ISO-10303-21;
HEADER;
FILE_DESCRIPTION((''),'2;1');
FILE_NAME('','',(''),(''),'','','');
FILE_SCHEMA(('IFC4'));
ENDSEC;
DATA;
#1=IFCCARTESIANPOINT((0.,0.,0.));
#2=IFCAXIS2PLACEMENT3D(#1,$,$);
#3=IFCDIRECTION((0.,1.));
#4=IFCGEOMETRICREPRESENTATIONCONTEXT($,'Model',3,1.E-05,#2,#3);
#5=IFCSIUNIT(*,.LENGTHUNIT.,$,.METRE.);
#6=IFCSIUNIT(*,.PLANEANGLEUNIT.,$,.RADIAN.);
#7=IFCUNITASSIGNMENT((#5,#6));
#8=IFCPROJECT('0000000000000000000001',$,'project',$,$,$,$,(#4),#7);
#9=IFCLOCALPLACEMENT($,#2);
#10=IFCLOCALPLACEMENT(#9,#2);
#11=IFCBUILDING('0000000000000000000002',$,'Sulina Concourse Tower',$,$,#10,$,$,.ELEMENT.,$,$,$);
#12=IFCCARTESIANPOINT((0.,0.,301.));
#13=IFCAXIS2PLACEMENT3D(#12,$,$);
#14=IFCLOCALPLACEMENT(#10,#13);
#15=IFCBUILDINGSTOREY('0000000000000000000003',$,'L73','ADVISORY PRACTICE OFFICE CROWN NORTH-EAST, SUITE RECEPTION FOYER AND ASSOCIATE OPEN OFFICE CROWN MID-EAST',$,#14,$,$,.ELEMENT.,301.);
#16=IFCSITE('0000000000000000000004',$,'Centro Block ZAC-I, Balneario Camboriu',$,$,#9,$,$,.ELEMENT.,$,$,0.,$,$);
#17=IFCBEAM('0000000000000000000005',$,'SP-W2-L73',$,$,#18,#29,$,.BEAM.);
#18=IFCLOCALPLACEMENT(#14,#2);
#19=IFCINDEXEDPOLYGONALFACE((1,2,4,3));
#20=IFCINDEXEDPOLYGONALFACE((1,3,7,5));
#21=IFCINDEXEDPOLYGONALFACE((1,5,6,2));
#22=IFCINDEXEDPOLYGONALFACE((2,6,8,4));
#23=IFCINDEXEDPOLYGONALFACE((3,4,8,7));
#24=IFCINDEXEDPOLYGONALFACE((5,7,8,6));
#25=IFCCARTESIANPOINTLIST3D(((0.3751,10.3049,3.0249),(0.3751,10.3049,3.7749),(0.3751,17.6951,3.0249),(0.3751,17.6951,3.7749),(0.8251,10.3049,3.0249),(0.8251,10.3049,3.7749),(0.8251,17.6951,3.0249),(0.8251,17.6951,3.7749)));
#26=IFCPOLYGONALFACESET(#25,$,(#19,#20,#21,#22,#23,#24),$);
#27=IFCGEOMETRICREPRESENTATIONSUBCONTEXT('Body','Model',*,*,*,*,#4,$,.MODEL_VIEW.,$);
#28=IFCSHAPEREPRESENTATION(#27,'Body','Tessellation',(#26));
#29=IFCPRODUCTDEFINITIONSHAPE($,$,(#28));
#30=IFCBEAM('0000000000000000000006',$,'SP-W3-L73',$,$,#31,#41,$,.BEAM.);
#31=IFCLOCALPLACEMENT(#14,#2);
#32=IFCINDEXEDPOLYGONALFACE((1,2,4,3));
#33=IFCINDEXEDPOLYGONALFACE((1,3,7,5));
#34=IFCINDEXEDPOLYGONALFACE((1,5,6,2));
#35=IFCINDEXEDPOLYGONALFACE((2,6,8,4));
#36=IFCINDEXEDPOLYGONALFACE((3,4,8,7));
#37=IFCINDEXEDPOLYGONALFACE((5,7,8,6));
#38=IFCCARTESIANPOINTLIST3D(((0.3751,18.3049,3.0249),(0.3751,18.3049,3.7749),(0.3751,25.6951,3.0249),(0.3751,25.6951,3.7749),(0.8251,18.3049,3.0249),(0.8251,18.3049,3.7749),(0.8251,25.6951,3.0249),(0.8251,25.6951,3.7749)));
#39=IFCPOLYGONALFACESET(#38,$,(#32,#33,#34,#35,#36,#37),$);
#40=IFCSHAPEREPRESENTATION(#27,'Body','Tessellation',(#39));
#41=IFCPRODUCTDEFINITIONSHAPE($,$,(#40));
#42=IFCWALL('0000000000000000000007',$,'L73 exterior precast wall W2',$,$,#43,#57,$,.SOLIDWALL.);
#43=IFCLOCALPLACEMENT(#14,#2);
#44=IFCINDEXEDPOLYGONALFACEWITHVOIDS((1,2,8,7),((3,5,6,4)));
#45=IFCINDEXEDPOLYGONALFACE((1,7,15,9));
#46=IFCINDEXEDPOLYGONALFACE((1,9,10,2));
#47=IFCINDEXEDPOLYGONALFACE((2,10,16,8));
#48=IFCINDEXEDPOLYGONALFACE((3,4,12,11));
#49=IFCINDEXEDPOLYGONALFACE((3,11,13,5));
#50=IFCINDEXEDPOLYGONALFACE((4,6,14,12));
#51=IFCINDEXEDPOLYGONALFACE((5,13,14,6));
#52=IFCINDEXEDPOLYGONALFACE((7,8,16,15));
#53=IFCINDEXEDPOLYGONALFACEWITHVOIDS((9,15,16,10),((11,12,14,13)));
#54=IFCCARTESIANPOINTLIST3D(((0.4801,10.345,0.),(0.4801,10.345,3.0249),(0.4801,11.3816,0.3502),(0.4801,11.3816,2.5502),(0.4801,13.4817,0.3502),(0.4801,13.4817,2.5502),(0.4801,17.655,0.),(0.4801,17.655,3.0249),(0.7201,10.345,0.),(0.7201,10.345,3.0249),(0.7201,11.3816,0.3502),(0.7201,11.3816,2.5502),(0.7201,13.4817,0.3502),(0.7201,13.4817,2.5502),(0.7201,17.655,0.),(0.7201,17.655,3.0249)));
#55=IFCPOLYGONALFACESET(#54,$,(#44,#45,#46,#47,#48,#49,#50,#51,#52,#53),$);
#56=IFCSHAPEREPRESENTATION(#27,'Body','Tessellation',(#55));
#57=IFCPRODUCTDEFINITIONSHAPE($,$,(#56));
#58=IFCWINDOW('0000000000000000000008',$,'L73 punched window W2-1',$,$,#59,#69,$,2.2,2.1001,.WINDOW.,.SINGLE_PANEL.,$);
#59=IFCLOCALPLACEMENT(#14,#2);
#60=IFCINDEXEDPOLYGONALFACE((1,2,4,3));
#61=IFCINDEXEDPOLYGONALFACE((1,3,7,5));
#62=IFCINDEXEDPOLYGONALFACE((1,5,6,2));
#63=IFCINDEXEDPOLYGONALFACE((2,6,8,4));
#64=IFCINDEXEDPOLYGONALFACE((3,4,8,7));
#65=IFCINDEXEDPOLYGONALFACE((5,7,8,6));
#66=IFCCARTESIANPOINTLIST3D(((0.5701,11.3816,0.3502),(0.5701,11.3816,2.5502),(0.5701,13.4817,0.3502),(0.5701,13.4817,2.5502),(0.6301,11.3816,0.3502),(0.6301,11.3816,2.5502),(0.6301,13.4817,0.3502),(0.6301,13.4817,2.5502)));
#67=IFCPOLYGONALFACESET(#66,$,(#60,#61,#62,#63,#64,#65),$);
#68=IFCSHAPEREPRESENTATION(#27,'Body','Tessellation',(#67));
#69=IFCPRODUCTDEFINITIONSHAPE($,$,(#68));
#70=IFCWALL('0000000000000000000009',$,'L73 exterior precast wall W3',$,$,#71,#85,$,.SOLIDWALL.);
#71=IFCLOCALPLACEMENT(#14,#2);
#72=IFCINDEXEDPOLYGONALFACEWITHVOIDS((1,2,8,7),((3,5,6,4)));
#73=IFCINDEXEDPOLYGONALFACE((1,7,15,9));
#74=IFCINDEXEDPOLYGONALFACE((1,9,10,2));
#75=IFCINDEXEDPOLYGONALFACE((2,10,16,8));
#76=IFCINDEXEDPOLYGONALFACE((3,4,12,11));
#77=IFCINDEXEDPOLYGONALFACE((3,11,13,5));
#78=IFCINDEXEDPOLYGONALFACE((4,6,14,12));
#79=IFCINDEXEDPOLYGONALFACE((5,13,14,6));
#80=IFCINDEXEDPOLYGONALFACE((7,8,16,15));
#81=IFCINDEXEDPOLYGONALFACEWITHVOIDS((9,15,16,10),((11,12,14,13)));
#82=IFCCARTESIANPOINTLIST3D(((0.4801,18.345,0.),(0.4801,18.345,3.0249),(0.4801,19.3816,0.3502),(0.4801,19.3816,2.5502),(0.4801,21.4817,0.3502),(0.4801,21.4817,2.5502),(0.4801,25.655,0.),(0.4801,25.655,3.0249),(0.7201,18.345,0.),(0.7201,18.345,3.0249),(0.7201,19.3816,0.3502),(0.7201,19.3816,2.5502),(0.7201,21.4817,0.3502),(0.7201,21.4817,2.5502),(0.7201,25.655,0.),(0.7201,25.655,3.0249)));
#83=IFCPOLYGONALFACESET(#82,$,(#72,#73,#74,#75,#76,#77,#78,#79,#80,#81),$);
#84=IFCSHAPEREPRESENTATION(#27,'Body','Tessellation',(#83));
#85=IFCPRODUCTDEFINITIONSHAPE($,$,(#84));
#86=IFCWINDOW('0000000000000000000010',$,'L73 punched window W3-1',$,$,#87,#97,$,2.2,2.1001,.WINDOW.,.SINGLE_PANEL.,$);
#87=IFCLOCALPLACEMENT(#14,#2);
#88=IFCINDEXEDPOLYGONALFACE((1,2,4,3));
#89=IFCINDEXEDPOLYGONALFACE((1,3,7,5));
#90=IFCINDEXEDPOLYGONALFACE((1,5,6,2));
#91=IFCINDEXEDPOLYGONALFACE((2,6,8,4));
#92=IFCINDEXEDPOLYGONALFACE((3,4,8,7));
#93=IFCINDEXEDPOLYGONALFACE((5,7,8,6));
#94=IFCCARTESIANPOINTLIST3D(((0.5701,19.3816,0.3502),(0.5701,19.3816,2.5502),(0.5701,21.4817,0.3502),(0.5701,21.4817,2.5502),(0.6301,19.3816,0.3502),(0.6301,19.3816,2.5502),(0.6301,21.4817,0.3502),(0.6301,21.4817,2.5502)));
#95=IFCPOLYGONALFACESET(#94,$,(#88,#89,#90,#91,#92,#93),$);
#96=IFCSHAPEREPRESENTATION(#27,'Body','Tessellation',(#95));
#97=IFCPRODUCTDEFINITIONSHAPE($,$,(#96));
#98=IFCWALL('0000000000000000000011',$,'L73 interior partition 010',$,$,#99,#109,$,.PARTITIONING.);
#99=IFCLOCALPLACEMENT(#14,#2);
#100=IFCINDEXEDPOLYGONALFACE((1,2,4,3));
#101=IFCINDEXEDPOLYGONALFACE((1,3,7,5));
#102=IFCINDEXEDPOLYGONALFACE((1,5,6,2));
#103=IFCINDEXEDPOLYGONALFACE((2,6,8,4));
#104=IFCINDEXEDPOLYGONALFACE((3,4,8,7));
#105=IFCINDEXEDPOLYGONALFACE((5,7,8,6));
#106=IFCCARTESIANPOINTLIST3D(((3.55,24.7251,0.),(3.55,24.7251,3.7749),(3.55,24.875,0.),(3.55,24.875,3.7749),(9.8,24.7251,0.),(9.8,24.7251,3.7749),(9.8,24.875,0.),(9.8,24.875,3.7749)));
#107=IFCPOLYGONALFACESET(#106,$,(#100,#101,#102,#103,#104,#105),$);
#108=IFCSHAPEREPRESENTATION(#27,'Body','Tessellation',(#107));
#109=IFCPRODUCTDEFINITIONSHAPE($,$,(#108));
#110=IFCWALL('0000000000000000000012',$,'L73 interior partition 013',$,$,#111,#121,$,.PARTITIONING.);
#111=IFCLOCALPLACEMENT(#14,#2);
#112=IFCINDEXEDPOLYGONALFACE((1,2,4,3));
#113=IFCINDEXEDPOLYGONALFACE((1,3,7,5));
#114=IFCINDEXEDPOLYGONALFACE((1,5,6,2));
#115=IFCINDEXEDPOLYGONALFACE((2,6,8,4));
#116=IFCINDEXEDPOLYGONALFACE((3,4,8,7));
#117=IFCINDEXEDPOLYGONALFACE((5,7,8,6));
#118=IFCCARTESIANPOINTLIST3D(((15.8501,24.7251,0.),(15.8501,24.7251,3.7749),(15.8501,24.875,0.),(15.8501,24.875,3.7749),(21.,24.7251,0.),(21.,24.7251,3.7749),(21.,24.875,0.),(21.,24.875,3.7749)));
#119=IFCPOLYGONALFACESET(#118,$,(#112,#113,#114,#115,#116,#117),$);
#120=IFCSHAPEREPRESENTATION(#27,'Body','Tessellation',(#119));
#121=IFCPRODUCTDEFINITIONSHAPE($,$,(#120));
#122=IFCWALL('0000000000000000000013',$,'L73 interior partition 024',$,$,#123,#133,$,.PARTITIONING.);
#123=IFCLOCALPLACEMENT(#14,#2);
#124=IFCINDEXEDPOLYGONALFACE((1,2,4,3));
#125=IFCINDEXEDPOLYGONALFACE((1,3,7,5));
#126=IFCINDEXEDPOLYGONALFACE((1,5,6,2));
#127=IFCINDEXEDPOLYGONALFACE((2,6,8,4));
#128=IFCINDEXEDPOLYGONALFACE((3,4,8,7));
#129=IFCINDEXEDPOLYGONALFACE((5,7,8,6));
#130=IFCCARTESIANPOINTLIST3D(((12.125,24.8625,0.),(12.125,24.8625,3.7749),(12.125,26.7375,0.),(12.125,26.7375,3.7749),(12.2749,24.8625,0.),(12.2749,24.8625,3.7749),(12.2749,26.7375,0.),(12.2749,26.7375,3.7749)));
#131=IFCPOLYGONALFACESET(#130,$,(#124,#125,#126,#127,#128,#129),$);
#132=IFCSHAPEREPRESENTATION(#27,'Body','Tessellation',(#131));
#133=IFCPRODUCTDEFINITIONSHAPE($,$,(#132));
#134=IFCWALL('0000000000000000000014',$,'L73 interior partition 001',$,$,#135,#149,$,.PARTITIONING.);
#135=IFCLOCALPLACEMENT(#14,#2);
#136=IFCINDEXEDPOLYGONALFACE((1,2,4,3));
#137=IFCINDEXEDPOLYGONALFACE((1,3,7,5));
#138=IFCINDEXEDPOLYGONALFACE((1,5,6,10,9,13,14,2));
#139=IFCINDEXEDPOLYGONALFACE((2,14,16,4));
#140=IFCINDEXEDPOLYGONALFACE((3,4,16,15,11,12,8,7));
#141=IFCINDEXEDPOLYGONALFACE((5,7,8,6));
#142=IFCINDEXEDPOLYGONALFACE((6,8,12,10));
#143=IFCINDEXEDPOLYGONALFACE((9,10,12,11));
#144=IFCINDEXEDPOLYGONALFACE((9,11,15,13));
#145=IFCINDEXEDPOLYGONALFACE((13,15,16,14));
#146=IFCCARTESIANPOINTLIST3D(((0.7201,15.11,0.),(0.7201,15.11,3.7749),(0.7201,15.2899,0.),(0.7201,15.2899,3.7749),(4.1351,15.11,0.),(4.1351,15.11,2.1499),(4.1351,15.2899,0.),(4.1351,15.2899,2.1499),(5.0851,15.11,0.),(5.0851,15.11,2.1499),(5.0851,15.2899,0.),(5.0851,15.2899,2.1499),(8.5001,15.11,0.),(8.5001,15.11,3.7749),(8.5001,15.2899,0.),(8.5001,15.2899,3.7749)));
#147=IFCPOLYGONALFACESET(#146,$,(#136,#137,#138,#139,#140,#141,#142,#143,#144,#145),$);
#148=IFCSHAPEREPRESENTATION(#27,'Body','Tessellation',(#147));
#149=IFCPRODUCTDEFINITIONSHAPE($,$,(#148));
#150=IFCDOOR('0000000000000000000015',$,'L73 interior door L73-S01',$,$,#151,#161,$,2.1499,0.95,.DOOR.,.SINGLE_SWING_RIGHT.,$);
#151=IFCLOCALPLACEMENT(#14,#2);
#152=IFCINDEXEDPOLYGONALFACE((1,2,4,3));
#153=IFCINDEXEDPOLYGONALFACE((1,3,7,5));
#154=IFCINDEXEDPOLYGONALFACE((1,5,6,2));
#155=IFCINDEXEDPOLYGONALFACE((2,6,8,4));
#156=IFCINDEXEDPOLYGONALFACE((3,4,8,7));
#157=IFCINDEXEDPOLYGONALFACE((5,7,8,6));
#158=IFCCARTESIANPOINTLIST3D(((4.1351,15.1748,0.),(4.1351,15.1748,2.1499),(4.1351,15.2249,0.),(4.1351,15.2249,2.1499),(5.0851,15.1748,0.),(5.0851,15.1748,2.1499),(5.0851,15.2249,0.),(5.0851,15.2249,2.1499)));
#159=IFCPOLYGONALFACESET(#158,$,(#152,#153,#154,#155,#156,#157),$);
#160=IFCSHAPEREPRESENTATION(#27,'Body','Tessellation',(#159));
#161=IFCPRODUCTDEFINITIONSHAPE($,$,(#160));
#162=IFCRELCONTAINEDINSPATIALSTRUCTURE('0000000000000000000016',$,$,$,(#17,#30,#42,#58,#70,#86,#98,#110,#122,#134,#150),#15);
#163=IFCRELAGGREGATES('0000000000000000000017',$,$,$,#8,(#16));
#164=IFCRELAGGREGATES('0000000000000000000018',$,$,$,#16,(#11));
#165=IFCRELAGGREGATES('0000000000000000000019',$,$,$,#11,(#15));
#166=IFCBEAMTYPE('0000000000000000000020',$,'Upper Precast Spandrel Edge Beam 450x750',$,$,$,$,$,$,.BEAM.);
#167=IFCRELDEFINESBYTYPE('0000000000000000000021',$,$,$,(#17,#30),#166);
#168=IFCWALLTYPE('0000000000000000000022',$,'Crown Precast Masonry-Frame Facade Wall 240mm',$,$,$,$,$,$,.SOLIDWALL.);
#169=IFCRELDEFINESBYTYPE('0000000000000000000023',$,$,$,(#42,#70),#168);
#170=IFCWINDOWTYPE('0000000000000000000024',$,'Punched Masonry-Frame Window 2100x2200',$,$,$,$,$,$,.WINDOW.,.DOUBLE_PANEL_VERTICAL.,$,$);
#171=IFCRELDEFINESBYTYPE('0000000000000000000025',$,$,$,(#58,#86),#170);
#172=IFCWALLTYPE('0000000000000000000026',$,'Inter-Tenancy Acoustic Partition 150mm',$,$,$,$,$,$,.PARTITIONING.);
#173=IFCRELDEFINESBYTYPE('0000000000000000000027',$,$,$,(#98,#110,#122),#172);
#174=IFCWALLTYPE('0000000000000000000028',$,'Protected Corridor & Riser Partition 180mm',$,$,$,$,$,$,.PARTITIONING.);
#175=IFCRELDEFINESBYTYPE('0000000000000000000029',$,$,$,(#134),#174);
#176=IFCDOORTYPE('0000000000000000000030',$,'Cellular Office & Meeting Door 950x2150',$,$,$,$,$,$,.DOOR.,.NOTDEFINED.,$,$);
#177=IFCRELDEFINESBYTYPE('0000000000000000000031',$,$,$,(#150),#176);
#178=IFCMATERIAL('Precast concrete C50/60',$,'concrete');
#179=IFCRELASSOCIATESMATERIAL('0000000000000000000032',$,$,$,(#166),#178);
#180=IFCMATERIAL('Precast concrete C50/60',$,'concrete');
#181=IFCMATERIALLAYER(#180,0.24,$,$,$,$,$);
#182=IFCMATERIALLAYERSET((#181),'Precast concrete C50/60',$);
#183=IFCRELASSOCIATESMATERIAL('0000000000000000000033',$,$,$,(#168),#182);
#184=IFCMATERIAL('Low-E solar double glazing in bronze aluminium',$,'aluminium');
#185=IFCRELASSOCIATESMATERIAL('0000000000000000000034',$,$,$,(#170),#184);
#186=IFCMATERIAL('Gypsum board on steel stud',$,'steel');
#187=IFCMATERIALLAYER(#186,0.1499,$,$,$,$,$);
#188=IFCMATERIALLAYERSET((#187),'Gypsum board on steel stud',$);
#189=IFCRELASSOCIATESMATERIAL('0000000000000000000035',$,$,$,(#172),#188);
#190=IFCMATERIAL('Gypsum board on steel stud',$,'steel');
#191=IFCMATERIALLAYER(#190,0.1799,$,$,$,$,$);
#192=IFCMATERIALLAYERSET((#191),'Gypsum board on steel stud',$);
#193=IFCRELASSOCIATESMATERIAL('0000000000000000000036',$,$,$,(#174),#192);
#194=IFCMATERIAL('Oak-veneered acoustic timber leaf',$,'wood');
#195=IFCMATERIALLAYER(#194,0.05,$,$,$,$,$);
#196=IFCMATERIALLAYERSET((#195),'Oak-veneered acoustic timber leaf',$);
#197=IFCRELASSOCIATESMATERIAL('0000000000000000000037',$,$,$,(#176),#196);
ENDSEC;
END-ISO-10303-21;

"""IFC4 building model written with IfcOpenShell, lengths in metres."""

from ifc_helpers import new_model, si_unit, direction, frame, frame_2d, origin, origin_2d, place, context, subcontext, project, spatial, rectangle, extrude, material, layer, layer_set, material_profile, profile_set, type_object, element, fill, save


model = new_model("IFC4")

# Units and contexts
model_context = context("Model", 3, precision=1e-05, world=origin(), true_north=direction((0.0, 1.0)))
body_context = subcontext(model_context, "Body", "Model", "MODEL_VIEW")
ifc_project = project(units=[si_unit("LENGTHUNIT", "METRE"), si_unit("PLANEANGLEUNIT", "RADIAN")], contexts=[model_context])

# Site, building, storey
site_placement = place(None, origin())
site = spatial("IfcSite", under=ifc_project, at=site_placement, Name="Centro Block ZAC-I, Balneario Camboriu", CompositionType="ELEMENT", RefElevation=0.0)
building_placement = place(site_placement, origin())
building = spatial("IfcBuilding", under=site, at=building_placement, Name="Sulina Concourse Tower", CompositionType="ELEMENT")
storey_placement = place(building_placement, frame((0.0, 0.0, 301.0)))
storey = spatial("IfcBuildingStorey", under=building, at=storey_placement, Name="L73", Description="ADVISORY PRACTICE OFFICE CROWN NORTH-EAST, SUITE RECEPTION FOYER AND ASSOCIATE OPEN OFFICE CROWN MID-EAST", CompositionType="ELEMENT", Elevation=301.0)

# Beams
ifc_material_1 = material(Name="Precast concrete C50/60", Category="concrete")
ifc_material_profile_1 = material_profile(ifc_material_1, rectangle(XDim=0.45, YDim=0.75, at=origin_2d()), Name="RC 450x750")
ifc_profile_set_1 = profile_set([ifc_material_profile_1], Name="Precast concrete C50/60")
beam_type_1 = type_object("IfcBeamType", Name="Upper Precast Spandrel Edge Beam 450x750", PredefinedType="BEAM", material=ifc_profile_set_1)
for number, where, z_axis, x_axis, name in (
    (1, (0.6001, 10.3049, 3.3999), (0.0, 1.0, 0.0), (-1.0, 0.0, 0.0), "SP-W2-L73"),
    (2, (0.6001, 18.3049, 3.3999), (0.0, 1.0, 0.0), (-1.0, 0.0, 0.0), "SP-W3-L73"),
):
    element("IfcBeam", number, at=place(storey_placement, frame(where, z_axis=z_axis, x_axis=x_axis)), inside=storey, type_object=beam_type_1, Name=name, PredefinedType="BEAM", context=body_context, shape_type="SweptSolid", body=[
        extrude(rectangle(XDim=0.45, YDim=0.75, at=origin_2d()), origin(), (0.0, 0.0, 1.0), 7.3901),
    ])

# Walls, openings, windows
ifc_material_2 = material(Name="Precast concrete C50/60", Category="concrete")
ifc_layer_1 = layer(ifc_material_2, 0.24)
ifc_layer_set_1 = layer_set([ifc_layer_1], Name="Precast concrete C50/60")
wall_type_1 = type_object("IfcWallType", Name="Crown Precast Masonry-Frame Facade Wall 240mm", PredefinedType="SOLIDWALL", material=ifc_layer_set_1)
wall_1_placement = place(storey_placement, frame((0.6001, 10.345, 0.0), z_axis=(0.0, 0.0, 1.0), x_axis=(0.0, 1.0, 0.0)))
wall_1 = element("IfcWall", 3, at=wall_1_placement, inside=storey, type_object=wall_type_1, Name="L73 exterior precast wall W2", PredefinedType="SOLIDWALL", context=body_context, shape_type="SweptSolid", body=[
    extrude(rectangle(XDim=7.3101, YDim=0.24, at=frame_2d((3.655, 0.0))), origin(), (0.0, 0.0, 1.0), 3.0249),
])
opening_1_placement = place(wall_1_placement, frame((1.0366, 0.0, 0.3501)))
opening_1 = element("IfcOpeningElement", 4, at=opening_1_placement, cuts=wall_1, PredefinedType="OPENING", context=body_context, shape_type="SweptSolid", body=[
    extrude(rectangle(XDim=2.1001, YDim=2.2, at=frame_2d((1.05, 1.1001))), frame((0.0, 0.1299, 0.0), z_axis=(0.0, -1.0, 0.0), x_axis=(1.0, 0.0, 0.0)), (0.0, 0.0, 1.0), 0.26),
])
ifc_material_3 = material(Name="Low-E solar double glazing in bronze aluminium", Category="aluminium")
window_type = type_object("IfcWindowType", Name="Punched Masonry-Frame Window 2100x2200", PartitioningType="DOUBLE_PANEL_VERTICAL", PredefinedType="WINDOW", material=ifc_material_3)
window_1_placement = place(opening_1_placement, origin())
window_1 = element("IfcWindow", 5, at=window_1_placement, inside=storey, type_object=window_type, Name="L73 punched window W2-1", OverallHeight=2.2, OverallWidth=2.1001, PartitioningType="SINGLE_PANEL", PredefinedType="WINDOW", context=body_context, shape_type="SweptSolid", body=[
    extrude(rectangle(XDim=2.1001, YDim=2.2, at=frame_2d((1.05, 1.1001))), frame((0.0, 0.03, 0.0), z_axis=(0.0, -1.0, 0.0), x_axis=(1.0, 0.0, 0.0)), (0.0, 0.0, 1.0), 0.0601),
])
fill(opening_1, window_1)
wall_2_placement = place(storey_placement, frame((0.6001, 18.345, 0.0), z_axis=(0.0, 0.0, 1.0), x_axis=(0.0, 1.0, 0.0)))
wall_2 = element("IfcWall", 6, at=wall_2_placement, inside=storey, type_object=wall_type_1, Name="L73 exterior precast wall W3", PredefinedType="SOLIDWALL", context=body_context, shape_type="SweptSolid", body=[
    extrude(rectangle(XDim=7.3101, YDim=0.24, at=frame_2d((3.655, 0.0))), origin(), (0.0, 0.0, 1.0), 3.0249),
])
opening_2_placement = place(wall_2_placement, frame((1.0366, 0.0, 0.3501)))
opening_2 = element("IfcOpeningElement", 7, at=opening_2_placement, cuts=wall_2, PredefinedType="OPENING", context=body_context, shape_type="SweptSolid", body=[
    extrude(rectangle(XDim=2.1001, YDim=2.2, at=frame_2d((1.05, 1.1001))), frame((0.0, 0.1299, 0.0), z_axis=(0.0, -1.0, 0.0), x_axis=(1.0, 0.0, 0.0)), (0.0, 0.0, 1.0), 0.26),
])
window_2_placement = place(opening_2_placement, origin())
window_2 = element("IfcWindow", 8, at=window_2_placement, inside=storey, type_object=window_type, Name="L73 punched window W3-1", OverallHeight=2.2, OverallWidth=2.1001, PartitioningType="SINGLE_PANEL", PredefinedType="WINDOW", context=body_context, shape_type="SweptSolid", body=[
    extrude(rectangle(XDim=2.1001, YDim=2.2, at=frame_2d((1.05, 1.1001))), frame((0.0, 0.03, 0.0), z_axis=(0.0, -1.0, 0.0), x_axis=(1.0, 0.0, 0.0)), (0.0, 0.0, 1.0), 0.0601),
])
fill(opening_2, window_2)

# Walls
ifc_material_4 = material(Name="Gypsum board on steel stud", Category="steel")
ifc_layer_2 = layer(ifc_material_4, 0.1499)
ifc_layer_set_2 = layer_set([ifc_layer_2], Name="Gypsum board on steel stud")
wall_type_2 = type_object("IfcWallType", Name="Inter-Tenancy Acoustic Partition 150mm", PredefinedType="PARTITIONING", material=ifc_layer_set_2)
wall_3_placement = place(storey_placement, frame((3.55, 24.8, 0.0), z_axis=(0.0, 0.0, 1.0), x_axis=(1.0, 0.0, 0.0)))
element("IfcWall", 9, at=wall_3_placement, inside=storey, type_object=wall_type_2, Name="L73 interior partition 010", PredefinedType="PARTITIONING", context=body_context, shape_type="SweptSolid", body=[
    extrude(rectangle(XDim=6.25, YDim=0.1499, at=frame_2d((3.125, 0.0))), origin(), (0.0, 0.0, 1.0), 3.7749),
])
wall_4_placement = place(storey_placement, frame((15.8501, 24.8, 0.0), z_axis=(0.0, 0.0, 1.0), x_axis=(1.0, 0.0, 0.0)))
element("IfcWall", 10, at=wall_4_placement, inside=storey, type_object=wall_type_2, Name="L73 interior partition 013", PredefinedType="PARTITIONING", context=body_context, shape_type="SweptSolid", body=[
    extrude(rectangle(XDim=5.1499, YDim=0.1499, at=frame_2d((2.575, 0.0))), origin(), (0.0, 0.0, 1.0), 3.7749),
])
wall_5_placement = place(storey_placement, frame((12.2, 24.8625, 0.0), z_axis=(0.0, 0.0, 1.0), x_axis=(0.0, 1.0, 0.0)))
element("IfcWall", 11, at=wall_5_placement, inside=storey, type_object=wall_type_2, Name="L73 interior partition 024", PredefinedType="PARTITIONING", context=body_context, shape_type="SweptSolid", body=[
    extrude(rectangle(XDim=1.875, YDim=0.1499, at=frame_2d((0.9375, 0.0))), origin(), (0.0, 0.0, 1.0), 3.7749),
])

# Wall, opening, door
ifc_material_5 = material(Name="Gypsum board on steel stud", Category="steel")
ifc_layer_3 = layer(ifc_material_5, 0.1799)
ifc_layer_set_3 = layer_set([ifc_layer_3], Name="Gypsum board on steel stud")
wall_type_3 = type_object("IfcWallType", Name="Protected Corridor & Riser Partition 180mm", PredefinedType="PARTITIONING", material=ifc_layer_set_3)
wall_6_placement = place(storey_placement, frame((0.72, 15.2, 0.0), z_axis=(0.0, 0.0, 1.0), x_axis=(1.0, 0.0, 0.0)))
wall_6 = element("IfcWall", 12, at=wall_6_placement, inside=storey, type_object=wall_type_3, Name="L73 interior partition 001", PredefinedType="PARTITIONING", context=body_context, shape_type="SweptSolid", body=[
    extrude(rectangle(XDim=7.78, YDim=0.1799, at=frame_2d((3.8901, 0.0))), origin(), (0.0, 0.0, 1.0), 3.7749),
])
opening_3_placement = place(wall_6_placement, frame((3.415, 0.0, 0.0)))
opening_3 = element("IfcOpeningElement", 13, at=opening_3_placement, cuts=wall_6, PredefinedType="OPENING", context=body_context, shape_type="SweptSolid", body=[
    extrude(rectangle(XDim=0.95, YDim=2.1499, at=frame_2d((0.4751, 1.075))), frame((0.0, 0.0999, 0.0), z_axis=(0.0, -1.0, 0.0), x_axis=(1.0, 0.0, 0.0)), (0.0, 0.0, 1.0), 0.2),
])
ifc_material_6 = material(Name="Oak-veneered acoustic timber leaf", Category="wood")
ifc_layer_4 = layer(ifc_material_6, 0.05)
ifc_layer_set_4 = layer_set([ifc_layer_4], Name="Oak-veneered acoustic timber leaf")
door_type_1 = type_object("IfcDoorType", Name="Cellular Office & Meeting Door 950x2150", OperationType="NOTDEFINED", PredefinedType="DOOR", material=ifc_layer_set_4)
door_1_placement = place(opening_3_placement, origin())
door_1 = element("IfcDoor", 14, at=door_1_placement, inside=storey, type_object=door_type_1, Name="L73 interior door L73-S01", OperationType="SINGLE_SWING_RIGHT", OverallHeight=2.1499, OverallWidth=0.95, PredefinedType="DOOR", context=body_context, shape_type="SweptSolid", body=[
    extrude(rectangle(XDim=0.95, YDim=2.1499, at=frame_2d((0.4751, 1.075))), frame((0.0, 0.0249, 0.0), z_axis=(0.0, -1.0, 0.0), x_axis=(1.0, 0.0, 0.0)), (0.0, 0.0, 1.0), 0.05),
])
fill(opening_3, door_1)

save(model, "model.ifc")
